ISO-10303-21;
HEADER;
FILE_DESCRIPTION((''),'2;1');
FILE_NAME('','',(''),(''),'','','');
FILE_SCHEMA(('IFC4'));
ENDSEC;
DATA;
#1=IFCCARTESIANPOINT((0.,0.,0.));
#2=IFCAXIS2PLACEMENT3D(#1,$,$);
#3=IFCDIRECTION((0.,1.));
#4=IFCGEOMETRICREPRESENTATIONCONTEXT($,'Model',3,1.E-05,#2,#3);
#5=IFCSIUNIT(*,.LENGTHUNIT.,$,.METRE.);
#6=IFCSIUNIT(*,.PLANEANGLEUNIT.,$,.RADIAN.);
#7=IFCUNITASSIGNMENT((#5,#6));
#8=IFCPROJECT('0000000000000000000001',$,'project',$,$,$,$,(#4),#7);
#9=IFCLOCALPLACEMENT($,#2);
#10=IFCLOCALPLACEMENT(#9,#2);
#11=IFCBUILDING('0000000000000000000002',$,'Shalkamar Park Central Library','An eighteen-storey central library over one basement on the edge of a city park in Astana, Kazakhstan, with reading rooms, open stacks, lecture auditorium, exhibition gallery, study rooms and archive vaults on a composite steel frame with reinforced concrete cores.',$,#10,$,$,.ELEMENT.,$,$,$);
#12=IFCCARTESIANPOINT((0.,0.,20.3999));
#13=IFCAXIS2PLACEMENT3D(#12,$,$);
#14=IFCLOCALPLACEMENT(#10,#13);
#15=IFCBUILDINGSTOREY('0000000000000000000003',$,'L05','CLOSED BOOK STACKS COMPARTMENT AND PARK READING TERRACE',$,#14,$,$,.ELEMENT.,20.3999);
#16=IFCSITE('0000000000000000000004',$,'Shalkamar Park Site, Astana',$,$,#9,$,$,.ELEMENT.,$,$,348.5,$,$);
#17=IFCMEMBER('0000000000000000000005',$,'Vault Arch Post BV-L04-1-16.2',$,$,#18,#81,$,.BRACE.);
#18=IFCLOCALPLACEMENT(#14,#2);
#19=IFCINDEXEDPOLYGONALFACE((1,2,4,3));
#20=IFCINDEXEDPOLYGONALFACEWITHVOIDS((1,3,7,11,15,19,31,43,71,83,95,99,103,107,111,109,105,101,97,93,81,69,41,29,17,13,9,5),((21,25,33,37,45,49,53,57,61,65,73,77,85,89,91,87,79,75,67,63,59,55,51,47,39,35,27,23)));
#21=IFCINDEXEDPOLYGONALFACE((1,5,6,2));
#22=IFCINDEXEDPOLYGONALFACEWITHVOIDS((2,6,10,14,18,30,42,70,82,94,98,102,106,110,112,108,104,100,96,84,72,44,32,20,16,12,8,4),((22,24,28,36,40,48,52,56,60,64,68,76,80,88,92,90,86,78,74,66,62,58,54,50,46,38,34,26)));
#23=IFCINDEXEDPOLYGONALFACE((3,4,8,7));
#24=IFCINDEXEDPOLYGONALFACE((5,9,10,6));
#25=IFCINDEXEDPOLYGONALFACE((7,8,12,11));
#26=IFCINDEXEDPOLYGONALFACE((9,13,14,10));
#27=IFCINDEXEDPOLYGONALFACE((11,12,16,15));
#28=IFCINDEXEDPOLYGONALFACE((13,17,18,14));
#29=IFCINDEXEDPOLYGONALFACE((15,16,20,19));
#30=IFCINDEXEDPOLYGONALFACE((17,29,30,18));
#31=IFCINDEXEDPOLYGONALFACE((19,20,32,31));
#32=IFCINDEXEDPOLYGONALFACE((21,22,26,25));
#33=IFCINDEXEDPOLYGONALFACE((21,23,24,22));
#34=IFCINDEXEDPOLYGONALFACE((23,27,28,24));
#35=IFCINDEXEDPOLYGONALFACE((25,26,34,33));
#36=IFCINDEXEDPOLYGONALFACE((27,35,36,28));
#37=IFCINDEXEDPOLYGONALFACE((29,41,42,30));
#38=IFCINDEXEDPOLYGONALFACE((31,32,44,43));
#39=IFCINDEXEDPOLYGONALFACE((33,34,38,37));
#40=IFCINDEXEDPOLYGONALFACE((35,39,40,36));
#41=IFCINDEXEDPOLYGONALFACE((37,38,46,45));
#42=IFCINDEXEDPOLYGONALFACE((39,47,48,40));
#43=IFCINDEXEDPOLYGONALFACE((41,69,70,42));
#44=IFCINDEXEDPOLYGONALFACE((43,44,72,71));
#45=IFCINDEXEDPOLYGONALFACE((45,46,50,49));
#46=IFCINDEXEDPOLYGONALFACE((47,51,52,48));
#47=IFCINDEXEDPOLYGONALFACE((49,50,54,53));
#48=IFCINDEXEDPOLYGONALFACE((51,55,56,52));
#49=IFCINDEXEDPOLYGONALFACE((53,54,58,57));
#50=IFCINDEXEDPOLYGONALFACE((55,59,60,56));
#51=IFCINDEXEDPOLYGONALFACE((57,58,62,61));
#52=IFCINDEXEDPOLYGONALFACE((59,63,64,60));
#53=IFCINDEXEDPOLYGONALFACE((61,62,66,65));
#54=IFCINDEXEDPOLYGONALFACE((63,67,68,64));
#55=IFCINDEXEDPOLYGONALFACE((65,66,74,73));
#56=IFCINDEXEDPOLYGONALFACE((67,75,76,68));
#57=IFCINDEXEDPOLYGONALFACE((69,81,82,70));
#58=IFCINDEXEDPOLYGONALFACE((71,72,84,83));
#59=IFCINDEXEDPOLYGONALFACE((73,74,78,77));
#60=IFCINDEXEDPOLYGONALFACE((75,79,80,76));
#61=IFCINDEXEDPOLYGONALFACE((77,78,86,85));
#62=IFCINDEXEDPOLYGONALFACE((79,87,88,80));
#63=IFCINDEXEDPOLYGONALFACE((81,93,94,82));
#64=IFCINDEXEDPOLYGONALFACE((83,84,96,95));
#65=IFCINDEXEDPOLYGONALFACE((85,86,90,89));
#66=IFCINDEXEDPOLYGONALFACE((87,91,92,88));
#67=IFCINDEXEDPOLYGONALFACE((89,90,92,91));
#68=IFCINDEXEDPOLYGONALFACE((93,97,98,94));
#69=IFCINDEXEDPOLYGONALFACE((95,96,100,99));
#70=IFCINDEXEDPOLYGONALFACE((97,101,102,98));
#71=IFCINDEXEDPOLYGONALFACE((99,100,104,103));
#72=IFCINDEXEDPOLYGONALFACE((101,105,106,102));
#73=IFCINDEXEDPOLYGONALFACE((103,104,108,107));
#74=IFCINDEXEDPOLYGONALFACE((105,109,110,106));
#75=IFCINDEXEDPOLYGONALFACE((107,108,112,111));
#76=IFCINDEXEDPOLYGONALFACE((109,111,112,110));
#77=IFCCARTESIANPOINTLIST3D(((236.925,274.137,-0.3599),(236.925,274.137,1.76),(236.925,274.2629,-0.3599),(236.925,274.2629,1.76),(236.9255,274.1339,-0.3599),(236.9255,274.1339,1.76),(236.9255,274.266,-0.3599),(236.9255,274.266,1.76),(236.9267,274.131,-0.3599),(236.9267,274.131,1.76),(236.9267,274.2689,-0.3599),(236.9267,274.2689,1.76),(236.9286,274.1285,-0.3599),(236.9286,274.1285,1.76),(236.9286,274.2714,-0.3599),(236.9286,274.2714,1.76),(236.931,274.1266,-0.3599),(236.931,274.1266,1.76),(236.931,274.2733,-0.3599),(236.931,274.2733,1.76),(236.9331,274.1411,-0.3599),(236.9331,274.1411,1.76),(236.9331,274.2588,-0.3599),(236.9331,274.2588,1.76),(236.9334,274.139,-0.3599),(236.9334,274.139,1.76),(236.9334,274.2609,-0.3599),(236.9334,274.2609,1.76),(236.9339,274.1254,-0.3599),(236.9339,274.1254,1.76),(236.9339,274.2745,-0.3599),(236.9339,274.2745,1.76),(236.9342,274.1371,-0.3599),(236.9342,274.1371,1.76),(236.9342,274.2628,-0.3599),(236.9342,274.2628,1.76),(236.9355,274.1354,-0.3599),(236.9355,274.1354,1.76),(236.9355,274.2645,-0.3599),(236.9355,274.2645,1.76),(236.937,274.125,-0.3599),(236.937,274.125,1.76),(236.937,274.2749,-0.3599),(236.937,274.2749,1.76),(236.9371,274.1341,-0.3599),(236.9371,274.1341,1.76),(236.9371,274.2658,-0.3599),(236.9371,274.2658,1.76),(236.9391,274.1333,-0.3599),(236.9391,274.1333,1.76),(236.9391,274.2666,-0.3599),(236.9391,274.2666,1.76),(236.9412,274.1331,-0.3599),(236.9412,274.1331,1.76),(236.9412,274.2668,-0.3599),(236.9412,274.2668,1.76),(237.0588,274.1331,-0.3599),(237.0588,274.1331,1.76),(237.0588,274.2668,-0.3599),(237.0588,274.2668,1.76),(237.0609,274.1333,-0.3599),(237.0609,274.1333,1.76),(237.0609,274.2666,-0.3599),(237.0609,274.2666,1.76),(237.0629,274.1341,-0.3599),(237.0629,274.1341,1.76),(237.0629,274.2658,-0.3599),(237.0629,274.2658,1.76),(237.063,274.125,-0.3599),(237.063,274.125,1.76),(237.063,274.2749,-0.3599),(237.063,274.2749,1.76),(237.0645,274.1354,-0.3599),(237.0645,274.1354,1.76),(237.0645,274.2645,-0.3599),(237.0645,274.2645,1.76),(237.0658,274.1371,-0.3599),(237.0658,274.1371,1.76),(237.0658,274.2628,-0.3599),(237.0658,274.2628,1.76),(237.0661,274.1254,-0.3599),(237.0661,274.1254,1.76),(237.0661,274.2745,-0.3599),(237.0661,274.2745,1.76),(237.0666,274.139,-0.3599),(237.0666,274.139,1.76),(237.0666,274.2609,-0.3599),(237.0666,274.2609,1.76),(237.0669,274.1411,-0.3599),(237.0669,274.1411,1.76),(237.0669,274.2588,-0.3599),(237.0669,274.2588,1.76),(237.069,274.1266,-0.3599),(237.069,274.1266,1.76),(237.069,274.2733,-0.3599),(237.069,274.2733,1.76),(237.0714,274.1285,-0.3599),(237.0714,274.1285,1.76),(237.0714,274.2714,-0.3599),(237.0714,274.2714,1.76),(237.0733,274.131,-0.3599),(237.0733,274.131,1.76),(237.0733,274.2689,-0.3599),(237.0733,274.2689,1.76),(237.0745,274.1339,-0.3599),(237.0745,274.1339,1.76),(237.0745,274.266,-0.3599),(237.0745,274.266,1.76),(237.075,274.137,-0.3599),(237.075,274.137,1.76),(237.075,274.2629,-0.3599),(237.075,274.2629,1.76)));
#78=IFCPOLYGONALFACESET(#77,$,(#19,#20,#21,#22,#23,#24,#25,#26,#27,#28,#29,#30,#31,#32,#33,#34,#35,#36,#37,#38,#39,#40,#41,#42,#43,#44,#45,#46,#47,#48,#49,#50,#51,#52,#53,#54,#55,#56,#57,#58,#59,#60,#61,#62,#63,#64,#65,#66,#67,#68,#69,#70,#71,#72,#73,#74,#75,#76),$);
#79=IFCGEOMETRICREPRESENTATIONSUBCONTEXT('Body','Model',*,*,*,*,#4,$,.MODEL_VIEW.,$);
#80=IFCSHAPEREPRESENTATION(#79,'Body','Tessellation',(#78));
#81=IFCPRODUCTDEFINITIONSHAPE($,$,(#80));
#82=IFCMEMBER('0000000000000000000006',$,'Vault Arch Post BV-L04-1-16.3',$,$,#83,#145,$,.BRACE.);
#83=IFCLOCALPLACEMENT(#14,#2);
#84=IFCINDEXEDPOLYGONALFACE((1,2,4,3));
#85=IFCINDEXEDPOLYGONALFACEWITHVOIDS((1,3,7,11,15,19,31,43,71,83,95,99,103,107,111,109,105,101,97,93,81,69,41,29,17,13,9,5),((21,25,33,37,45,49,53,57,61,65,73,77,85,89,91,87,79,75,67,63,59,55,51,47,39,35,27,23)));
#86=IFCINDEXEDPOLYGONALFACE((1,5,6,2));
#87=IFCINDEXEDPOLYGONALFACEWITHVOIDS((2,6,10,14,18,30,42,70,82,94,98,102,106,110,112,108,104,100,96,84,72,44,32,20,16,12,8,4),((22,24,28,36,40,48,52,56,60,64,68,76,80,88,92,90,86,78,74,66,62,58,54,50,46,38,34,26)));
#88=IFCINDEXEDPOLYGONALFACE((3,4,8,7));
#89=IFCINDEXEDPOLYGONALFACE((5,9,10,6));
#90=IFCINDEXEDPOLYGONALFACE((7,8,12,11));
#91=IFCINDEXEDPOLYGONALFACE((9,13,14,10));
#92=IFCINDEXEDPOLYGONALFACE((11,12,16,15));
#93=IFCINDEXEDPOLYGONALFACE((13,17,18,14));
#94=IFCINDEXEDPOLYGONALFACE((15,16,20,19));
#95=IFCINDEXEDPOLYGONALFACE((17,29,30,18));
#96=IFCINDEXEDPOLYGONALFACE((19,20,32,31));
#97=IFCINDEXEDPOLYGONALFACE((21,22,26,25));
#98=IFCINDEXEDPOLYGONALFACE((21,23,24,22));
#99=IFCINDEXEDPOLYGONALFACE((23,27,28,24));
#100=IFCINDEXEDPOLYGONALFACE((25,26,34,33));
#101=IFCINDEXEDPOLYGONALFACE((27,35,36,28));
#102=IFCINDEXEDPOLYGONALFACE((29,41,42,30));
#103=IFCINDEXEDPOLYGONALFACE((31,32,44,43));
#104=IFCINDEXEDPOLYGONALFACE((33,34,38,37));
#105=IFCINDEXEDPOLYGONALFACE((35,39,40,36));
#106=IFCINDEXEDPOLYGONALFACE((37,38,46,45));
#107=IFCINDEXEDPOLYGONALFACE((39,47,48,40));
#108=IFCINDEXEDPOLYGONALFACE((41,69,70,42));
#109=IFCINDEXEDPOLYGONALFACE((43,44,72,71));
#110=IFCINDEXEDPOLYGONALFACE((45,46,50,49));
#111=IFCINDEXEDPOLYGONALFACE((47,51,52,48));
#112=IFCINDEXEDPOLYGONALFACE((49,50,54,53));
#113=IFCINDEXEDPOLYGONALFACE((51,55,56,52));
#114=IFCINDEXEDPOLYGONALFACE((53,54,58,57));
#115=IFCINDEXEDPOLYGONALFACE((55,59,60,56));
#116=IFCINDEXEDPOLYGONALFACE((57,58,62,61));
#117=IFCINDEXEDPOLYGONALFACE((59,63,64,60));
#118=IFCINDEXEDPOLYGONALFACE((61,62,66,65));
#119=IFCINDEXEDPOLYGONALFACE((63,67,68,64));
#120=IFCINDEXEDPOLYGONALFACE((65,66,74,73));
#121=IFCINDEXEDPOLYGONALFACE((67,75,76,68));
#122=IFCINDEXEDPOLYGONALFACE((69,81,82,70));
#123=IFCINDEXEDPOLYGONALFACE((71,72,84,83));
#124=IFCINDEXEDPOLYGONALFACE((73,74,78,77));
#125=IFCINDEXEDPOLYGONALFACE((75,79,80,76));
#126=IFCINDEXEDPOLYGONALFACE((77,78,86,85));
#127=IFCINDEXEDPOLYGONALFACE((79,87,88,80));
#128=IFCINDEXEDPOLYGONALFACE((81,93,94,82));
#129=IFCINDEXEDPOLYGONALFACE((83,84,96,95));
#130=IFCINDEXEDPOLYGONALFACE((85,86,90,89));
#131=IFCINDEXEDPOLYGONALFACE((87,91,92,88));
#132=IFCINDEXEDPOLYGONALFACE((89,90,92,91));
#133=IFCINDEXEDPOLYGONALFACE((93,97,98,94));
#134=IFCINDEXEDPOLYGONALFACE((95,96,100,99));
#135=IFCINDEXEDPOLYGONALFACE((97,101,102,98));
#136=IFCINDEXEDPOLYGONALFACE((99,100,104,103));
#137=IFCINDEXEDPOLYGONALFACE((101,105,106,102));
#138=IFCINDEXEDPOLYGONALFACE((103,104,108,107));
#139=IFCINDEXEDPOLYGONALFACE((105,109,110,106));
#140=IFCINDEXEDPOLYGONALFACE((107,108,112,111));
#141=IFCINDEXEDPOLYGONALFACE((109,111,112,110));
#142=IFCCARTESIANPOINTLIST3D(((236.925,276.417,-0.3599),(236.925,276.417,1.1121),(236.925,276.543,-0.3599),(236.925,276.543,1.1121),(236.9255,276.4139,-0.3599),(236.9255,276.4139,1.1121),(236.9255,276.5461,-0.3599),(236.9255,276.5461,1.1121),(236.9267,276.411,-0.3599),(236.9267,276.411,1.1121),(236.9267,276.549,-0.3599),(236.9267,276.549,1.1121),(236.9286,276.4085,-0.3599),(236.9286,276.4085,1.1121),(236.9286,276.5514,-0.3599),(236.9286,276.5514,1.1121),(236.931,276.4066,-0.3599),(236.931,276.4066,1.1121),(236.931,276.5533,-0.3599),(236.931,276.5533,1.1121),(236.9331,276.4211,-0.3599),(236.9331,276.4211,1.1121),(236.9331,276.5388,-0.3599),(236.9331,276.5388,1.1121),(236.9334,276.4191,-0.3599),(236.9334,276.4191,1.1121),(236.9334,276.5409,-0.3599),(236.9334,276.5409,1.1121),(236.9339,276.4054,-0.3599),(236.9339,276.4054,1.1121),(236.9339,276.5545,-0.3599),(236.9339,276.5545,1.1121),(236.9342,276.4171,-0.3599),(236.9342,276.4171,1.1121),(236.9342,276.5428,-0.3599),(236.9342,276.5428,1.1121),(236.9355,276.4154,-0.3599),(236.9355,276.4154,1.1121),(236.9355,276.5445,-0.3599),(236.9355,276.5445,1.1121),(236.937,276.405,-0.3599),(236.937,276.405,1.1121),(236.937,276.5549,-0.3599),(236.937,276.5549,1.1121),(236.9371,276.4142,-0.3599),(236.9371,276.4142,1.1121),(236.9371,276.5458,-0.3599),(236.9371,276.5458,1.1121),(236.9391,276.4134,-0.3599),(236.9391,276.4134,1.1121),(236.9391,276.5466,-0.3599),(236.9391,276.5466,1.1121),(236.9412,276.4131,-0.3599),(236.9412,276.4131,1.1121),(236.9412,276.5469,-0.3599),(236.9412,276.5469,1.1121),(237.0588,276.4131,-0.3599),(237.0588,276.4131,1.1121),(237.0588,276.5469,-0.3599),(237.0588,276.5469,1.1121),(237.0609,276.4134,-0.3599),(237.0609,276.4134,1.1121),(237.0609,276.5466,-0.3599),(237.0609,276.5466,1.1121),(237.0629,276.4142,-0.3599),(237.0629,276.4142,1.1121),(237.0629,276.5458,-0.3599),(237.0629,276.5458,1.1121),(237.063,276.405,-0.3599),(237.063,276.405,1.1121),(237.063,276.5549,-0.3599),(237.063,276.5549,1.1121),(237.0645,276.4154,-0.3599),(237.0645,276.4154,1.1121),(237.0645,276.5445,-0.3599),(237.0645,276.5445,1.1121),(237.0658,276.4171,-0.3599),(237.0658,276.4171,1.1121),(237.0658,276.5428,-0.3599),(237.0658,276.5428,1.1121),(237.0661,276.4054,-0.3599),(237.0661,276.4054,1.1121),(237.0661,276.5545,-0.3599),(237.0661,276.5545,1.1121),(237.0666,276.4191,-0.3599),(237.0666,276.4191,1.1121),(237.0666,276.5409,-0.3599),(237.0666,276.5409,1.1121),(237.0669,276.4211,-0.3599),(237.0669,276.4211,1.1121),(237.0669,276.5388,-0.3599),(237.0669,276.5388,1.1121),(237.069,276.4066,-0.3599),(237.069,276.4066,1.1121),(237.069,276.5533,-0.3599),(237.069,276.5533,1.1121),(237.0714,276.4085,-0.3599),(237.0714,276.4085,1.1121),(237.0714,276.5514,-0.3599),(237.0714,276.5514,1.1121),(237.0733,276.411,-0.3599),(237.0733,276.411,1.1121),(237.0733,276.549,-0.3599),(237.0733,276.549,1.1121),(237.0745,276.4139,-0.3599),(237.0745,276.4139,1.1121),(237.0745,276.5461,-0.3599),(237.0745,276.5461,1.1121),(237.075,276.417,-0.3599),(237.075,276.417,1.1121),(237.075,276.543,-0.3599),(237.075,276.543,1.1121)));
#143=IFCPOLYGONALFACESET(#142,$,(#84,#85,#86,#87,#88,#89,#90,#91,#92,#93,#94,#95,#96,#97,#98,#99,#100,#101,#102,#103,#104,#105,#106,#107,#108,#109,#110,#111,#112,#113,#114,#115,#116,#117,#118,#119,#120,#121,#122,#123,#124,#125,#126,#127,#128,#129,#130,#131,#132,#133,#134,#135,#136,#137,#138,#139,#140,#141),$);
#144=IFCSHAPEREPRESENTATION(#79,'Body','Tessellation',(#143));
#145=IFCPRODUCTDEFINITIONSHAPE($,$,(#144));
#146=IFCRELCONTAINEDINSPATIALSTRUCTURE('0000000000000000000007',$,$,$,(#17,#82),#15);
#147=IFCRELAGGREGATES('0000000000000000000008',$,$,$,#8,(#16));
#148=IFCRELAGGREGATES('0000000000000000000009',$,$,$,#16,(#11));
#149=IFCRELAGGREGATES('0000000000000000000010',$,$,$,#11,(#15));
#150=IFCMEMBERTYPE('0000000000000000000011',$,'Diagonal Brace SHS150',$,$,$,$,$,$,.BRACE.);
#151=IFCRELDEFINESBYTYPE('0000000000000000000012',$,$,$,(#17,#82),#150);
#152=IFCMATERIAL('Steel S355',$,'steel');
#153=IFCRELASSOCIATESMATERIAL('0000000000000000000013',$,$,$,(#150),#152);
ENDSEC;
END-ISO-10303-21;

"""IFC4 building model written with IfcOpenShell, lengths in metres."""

from ifc_helpers import new_model, si_unit, direction, frame, origin, origin_2d, place, context, subcontext, project, spatial, hollow_rectangle, extrude, material, material_profile, profile_set, type_object, element, save


model = new_model("IFC4")

# Units and contexts
model_context = context("Model", 3, precision=1e-05, world=origin(), true_north=direction((0.0, 1.0)))
body_context = subcontext(model_context, "Body", "Model", "MODEL_VIEW")
ifc_project = project(units=[si_unit("LENGTHUNIT", "METRE"), si_unit("PLANEANGLEUNIT", "RADIAN")], contexts=[model_context])

# Site, building, storey
site_placement = place(None, origin())
site = spatial("IfcSite", under=ifc_project, at=site_placement, Name="Shalkamar Park Site, Astana", CompositionType="ELEMENT", RefElevation=348.5)
building_placement = place(site_placement, origin())
building = spatial("IfcBuilding", under=site, at=building_placement, Name="Shalkamar Park Central Library", Description="An eighteen-storey central library over one basement on the edge of a city park in Astana, Kazakhstan, with reading rooms, open stacks, lecture auditorium, exhibition gallery, study rooms and archive vaults on a composite steel frame with reinforced concrete cores.", CompositionType="ELEMENT")
storey_placement = place(building_placement, frame((0.0, 0.0, 20.3999)))
storey = spatial("IfcBuildingStorey", under=building, at=storey_placement, Name="L05", Description="CLOSED BOOK STACKS COMPARTMENT AND PARK READING TERRACE", CompositionType="ELEMENT", Elevation=20.3999)

# Members
ifc_material_1 = material(Name="Steel S355", Category="steel")
ifc_material_profile_1 = material_profile(ifc_material_1, hollow_rectangle(XDim=0.1499, YDim=0.1499, WallThickness=0.0081, InnerFilletRadius=0.0081, OuterFilletRadius=0.012, at=origin_2d()), Name="SHS 150x150x8")
ifc_profile_set_1 = profile_set([ifc_material_profile_1], Name="Steel S355")
member_type_1 = type_object("IfcMemberType", Name="Diagonal Brace SHS150", PredefinedType="BRACE", material=ifc_profile_set_1)
member_1_placement = place(storey_placement, frame((237.0, 274.2, -0.3599), z_axis=(0.0, 0.0, 1.0), x_axis=(1.0, 0.0, 0.0)))
element("IfcMember", 1, at=member_1_placement, inside=storey, type_object=member_type_1, Name="Vault Arch Post BV-L04-1-16.2", PredefinedType="BRACE", context=body_context, shape_type="SweptSolid", body=[
    extrude(hollow_rectangle(XDim=0.1499, YDim=0.1499, WallThickness=0.0081, InnerFilletRadius=0.0081, OuterFilletRadius=0.012, at=origin_2d()), origin(), (0.0, 0.0, 1.0), 2.1199),
])
member_2_placement = place(storey_placement, frame((237.0, 276.48, -0.3599), z_axis=(0.0, 0.0, 1.0), x_axis=(1.0, 0.0, 0.0)))
element("IfcMember", 2, at=member_2_placement, inside=storey, type_object=member_type_1, Name="Vault Arch Post BV-L04-1-16.3", PredefinedType="BRACE", context=body_context, shape_type="SweptSolid", body=[
    extrude(hollow_rectangle(XDim=0.1499, YDim=0.1499, WallThickness=0.0081, InnerFilletRadius=0.0081, OuterFilletRadius=0.012, at=origin_2d()), origin(), (0.0, 0.0, 1.0), 1.4719),
])

save(model, "model.ifc")
